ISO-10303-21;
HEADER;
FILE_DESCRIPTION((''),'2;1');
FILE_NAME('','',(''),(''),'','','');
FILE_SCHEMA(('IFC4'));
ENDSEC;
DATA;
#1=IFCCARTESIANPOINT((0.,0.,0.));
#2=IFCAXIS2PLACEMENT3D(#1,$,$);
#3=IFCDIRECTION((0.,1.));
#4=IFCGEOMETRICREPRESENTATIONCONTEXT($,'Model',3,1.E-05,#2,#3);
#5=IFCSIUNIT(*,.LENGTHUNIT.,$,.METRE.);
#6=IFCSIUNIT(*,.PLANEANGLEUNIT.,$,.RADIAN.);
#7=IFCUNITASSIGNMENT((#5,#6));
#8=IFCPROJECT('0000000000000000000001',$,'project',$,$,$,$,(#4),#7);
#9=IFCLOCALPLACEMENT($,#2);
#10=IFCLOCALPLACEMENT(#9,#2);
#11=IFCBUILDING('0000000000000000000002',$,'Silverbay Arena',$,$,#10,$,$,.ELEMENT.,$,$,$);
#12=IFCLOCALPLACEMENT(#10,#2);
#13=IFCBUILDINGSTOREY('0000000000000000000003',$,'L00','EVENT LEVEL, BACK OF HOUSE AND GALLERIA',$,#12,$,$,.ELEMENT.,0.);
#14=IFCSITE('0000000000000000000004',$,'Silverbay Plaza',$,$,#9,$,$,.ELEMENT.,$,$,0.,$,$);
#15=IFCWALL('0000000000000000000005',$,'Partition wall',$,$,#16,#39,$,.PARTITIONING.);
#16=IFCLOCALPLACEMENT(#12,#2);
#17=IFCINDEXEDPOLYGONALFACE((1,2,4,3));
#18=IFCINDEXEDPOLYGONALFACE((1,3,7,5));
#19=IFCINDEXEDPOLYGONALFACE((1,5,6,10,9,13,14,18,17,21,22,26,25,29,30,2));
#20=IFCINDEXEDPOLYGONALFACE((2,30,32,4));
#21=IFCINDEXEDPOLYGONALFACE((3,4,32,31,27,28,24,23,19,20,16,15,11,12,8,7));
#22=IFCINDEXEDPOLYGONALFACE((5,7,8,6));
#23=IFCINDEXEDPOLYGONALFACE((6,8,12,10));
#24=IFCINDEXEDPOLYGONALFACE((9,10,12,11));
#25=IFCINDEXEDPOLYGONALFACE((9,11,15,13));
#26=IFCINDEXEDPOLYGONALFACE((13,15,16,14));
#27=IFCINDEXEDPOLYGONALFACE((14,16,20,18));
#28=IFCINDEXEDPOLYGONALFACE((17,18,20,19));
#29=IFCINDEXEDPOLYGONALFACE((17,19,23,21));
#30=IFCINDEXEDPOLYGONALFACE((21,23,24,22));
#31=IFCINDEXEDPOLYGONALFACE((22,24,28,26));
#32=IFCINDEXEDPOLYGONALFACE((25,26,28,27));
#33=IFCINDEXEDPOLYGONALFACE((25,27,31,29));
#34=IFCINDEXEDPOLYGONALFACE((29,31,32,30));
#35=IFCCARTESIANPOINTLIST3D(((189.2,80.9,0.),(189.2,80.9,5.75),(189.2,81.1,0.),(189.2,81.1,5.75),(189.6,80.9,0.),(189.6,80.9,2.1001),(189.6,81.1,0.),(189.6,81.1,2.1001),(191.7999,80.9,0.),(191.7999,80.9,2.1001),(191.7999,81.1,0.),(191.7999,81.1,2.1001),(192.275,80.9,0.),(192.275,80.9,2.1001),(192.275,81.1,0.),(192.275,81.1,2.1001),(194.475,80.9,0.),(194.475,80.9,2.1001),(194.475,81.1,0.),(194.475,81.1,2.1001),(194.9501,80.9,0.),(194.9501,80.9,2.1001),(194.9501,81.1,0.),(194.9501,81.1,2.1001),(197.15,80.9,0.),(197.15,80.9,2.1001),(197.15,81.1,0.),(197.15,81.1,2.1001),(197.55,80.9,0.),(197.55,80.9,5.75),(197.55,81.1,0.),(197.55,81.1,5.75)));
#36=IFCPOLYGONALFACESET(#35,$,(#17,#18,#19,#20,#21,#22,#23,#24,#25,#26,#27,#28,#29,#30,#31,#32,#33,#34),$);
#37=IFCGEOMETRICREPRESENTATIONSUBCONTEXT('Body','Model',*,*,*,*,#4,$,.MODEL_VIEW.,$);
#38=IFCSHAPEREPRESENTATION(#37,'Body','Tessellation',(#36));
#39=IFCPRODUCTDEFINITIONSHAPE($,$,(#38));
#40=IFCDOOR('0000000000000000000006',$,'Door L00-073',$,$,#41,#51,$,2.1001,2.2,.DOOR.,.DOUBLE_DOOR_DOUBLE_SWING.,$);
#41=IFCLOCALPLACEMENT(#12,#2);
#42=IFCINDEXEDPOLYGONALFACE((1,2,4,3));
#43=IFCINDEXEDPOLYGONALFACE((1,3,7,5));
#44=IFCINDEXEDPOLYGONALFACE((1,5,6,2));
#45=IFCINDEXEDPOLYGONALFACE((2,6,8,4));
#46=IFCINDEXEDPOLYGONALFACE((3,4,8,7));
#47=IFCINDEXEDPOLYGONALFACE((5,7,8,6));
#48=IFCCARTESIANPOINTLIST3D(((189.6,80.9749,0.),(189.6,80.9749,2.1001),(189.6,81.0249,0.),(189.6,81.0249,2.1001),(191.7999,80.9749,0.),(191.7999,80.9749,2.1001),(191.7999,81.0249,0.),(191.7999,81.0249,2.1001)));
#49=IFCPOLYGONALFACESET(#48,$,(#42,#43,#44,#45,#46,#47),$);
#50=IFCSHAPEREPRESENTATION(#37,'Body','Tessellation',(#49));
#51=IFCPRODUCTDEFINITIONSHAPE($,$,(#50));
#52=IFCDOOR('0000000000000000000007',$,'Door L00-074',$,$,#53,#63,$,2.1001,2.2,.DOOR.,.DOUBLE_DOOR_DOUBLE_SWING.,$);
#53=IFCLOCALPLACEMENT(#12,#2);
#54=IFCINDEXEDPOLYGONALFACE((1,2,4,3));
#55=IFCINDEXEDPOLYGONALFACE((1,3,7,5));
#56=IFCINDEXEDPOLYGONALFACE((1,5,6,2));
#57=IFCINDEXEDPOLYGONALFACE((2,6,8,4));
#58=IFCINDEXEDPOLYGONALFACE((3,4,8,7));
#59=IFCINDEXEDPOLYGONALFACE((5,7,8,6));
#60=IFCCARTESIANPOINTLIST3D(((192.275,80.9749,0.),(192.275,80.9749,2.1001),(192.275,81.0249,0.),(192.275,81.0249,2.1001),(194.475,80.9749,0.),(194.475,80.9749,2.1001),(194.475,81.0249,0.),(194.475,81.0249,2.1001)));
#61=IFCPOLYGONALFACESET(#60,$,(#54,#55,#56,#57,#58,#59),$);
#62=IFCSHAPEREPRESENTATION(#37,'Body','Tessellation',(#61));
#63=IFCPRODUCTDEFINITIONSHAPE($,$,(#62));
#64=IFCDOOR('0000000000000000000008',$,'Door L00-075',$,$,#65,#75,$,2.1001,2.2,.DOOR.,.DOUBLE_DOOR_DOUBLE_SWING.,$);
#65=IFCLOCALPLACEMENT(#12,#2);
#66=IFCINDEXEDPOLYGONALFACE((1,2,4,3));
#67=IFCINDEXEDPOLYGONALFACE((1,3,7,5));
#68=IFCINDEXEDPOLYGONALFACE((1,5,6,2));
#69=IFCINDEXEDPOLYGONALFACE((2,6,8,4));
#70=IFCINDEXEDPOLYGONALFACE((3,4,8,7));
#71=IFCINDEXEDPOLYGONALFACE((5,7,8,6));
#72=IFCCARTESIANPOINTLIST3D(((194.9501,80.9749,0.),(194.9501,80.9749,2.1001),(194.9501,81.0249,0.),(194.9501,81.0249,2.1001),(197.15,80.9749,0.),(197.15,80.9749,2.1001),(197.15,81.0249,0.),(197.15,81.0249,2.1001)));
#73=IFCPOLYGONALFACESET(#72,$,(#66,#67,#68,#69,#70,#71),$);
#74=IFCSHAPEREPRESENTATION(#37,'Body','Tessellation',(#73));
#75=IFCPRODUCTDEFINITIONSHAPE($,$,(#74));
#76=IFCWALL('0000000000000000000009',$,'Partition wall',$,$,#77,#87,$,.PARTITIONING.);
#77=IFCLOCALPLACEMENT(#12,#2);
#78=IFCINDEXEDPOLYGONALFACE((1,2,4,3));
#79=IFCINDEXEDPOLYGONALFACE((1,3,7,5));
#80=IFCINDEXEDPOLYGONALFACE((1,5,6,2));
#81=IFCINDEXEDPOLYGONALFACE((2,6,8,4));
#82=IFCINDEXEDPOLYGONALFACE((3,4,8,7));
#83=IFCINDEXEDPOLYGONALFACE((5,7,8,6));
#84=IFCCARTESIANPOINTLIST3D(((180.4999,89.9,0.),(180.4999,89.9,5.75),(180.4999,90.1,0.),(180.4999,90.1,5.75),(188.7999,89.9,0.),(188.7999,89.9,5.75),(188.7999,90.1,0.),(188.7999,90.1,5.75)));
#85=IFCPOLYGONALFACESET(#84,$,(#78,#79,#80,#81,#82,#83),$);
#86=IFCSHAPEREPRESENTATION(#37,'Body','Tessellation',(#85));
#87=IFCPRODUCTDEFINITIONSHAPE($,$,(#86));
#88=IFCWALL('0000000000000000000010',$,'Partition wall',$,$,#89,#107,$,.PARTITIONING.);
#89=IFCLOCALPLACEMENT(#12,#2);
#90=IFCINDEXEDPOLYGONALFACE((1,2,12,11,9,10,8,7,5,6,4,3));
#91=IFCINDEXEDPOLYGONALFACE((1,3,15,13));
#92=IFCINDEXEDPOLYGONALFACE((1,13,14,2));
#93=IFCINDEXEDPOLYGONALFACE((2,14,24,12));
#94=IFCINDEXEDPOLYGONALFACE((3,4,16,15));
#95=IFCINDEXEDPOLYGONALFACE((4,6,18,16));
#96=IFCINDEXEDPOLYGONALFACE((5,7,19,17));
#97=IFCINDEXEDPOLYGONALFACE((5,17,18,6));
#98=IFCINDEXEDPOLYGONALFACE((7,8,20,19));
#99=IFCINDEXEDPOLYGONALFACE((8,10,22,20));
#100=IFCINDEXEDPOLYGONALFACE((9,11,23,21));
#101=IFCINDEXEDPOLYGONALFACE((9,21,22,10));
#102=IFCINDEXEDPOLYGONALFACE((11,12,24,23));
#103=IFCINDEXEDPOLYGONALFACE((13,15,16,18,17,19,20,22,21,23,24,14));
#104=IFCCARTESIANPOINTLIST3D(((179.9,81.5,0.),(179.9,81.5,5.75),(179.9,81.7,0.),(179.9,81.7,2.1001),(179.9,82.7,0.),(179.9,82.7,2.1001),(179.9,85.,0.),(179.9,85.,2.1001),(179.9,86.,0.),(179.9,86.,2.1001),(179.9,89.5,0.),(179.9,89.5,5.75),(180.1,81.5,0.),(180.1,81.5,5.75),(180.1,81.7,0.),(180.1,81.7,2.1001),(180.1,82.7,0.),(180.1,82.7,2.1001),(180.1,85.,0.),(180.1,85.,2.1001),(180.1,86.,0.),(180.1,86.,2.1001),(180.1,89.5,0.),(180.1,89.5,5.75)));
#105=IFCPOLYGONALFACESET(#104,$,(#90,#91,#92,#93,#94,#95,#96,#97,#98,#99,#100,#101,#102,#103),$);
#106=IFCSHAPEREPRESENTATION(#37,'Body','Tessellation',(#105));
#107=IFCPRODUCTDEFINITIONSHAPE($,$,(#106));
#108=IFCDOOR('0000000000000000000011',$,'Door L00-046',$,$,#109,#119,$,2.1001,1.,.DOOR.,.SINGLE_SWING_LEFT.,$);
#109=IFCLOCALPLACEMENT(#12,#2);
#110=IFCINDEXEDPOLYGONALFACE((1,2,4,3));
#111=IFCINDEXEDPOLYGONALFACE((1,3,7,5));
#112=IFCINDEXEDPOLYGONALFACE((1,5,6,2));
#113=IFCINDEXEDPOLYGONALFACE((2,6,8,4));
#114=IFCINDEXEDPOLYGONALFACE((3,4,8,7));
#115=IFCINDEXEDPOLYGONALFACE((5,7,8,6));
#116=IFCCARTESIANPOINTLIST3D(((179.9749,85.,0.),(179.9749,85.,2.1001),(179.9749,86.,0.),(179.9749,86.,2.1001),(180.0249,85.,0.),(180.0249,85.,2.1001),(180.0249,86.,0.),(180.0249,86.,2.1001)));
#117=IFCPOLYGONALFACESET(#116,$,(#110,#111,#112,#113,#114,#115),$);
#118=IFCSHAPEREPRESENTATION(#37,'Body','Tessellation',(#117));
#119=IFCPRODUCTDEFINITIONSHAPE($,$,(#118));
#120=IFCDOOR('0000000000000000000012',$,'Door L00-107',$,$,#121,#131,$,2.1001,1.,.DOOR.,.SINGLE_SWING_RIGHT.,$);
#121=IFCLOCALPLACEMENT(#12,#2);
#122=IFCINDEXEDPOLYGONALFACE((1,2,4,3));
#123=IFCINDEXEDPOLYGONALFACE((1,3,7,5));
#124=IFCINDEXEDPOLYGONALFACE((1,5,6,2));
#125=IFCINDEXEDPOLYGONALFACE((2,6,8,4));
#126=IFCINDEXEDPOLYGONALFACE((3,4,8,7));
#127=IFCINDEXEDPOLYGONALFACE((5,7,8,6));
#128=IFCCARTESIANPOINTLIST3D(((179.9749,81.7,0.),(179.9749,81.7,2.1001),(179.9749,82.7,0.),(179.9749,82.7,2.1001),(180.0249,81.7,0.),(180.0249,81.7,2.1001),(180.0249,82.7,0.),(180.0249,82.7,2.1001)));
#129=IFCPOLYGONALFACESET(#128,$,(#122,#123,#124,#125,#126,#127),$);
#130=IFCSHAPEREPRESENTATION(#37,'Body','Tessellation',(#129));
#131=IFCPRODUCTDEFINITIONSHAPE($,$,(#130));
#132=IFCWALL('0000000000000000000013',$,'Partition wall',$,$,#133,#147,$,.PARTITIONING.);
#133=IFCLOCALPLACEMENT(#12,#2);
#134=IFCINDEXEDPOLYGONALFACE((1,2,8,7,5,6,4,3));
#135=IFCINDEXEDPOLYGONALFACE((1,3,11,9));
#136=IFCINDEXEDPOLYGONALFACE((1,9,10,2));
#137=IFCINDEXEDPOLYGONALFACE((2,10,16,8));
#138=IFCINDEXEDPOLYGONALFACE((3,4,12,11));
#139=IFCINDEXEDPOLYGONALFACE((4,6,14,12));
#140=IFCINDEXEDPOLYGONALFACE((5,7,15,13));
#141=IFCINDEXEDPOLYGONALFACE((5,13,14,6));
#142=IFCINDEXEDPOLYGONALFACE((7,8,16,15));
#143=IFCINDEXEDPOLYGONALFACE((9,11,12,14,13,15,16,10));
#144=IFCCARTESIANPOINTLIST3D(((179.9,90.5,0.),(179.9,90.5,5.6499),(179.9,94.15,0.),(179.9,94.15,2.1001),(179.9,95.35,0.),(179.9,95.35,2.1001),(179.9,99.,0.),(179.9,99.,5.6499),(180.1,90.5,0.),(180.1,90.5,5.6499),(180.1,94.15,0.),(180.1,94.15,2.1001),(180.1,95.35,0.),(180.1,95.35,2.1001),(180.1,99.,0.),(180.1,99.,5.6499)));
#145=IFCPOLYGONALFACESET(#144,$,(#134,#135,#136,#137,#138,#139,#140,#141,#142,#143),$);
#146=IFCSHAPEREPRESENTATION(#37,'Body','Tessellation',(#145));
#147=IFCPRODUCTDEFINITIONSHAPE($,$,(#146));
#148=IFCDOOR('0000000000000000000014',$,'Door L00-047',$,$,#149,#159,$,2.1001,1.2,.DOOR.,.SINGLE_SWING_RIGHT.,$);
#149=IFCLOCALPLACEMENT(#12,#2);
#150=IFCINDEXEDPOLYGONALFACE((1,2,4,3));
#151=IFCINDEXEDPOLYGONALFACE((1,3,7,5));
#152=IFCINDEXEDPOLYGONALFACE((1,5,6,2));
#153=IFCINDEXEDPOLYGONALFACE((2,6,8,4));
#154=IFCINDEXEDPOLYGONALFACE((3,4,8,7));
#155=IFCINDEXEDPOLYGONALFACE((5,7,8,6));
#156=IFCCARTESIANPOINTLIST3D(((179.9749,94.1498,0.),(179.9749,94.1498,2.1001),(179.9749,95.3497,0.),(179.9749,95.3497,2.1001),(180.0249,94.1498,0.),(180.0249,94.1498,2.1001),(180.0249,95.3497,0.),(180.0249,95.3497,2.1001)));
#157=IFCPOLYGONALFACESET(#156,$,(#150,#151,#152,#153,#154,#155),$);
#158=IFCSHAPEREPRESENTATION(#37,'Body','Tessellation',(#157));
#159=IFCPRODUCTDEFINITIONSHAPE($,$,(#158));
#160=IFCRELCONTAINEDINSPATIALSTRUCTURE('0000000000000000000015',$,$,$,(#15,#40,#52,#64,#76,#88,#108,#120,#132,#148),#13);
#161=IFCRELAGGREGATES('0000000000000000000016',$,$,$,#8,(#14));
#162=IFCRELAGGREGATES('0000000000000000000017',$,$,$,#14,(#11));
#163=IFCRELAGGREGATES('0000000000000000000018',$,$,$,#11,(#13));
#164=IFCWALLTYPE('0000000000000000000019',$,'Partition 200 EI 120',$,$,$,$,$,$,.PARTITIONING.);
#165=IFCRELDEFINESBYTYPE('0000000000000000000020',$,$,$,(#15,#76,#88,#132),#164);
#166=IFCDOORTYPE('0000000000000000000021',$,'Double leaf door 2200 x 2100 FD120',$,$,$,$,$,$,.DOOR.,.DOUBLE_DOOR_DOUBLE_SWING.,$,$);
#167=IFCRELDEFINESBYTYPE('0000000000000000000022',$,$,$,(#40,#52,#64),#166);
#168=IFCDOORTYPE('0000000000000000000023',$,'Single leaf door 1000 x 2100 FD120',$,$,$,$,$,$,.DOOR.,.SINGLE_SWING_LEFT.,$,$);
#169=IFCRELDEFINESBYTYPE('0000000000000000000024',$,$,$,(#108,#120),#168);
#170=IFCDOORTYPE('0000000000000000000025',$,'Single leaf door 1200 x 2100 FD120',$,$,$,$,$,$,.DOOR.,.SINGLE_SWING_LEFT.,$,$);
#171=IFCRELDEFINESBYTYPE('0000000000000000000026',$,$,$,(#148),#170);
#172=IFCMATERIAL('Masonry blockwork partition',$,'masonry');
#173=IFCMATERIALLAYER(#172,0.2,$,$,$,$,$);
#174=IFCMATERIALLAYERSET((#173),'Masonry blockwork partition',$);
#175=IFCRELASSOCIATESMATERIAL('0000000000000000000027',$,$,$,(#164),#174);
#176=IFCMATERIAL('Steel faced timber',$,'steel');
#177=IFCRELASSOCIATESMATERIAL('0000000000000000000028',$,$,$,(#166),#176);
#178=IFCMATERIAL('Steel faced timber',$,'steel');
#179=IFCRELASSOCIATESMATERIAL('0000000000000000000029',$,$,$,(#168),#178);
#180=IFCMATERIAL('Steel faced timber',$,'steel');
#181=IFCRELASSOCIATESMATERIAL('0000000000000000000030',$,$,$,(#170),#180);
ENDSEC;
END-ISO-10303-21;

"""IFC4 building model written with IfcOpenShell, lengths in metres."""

from ifc_helpers import new_model, si_unit, direction, frame, frame_2d, origin, place, context, subcontext, project, spatial, rectangle, extrude, material, layer, layer_set, type_object, element, fill, save


model = new_model("IFC4")

# Units and contexts
model_context = context("Model", 3, precision=1e-05, world=origin(), true_north=direction((0.0, 1.0)))
body_context = subcontext(model_context, "Body", "Model", "MODEL_VIEW")
ifc_project = project(units=[si_unit("LENGTHUNIT", "METRE"), si_unit("PLANEANGLEUNIT", "RADIAN")], contexts=[model_context])

# Site, building, storey
site_placement = place(None, origin())
site = spatial("IfcSite", under=ifc_project, at=site_placement, Name="Silverbay Plaza", CompositionType="ELEMENT", RefElevation=0.0)
building_placement = place(site_placement, origin())
building = spatial("IfcBuilding", under=site, at=building_placement, Name="Silverbay Arena", CompositionType="ELEMENT")
storey_placement = place(building_placement, origin())
storey = spatial("IfcBuildingStorey", under=building, at=storey_placement, Name="L00", Description="EVENT LEVEL, BACK OF HOUSE AND GALLERIA", CompositionType="ELEMENT", Elevation=0.0)

# Wall, openings, doors
ifc_material_1 = material(Name="Masonry blockwork partition", Category="masonry")
ifc_layer_1 = layer(ifc_material_1, 0.2)
ifc_layer_set_1 = layer_set([ifc_layer_1], Name="Masonry blockwork partition")
wall_type_1 = type_object("IfcWallType", Name="Partition 200 EI 120", PredefinedType="PARTITIONING", material=ifc_layer_set_1)
wall_1_placement = place(storey_placement, frame((189.2, 81.0, 0.0), z_axis=(0.0, 0.0, 1.0), x_axis=(1.0, 0.0, 0.0)))
wall_1 = element("IfcWall", 1, at=wall_1_placement, inside=storey, type_object=wall_type_1, Name="Partition wall", PredefinedType="PARTITIONING", context=body_context, shape_type="SweptSolid", body=[
    extrude(rectangle(XDim=8.3501, YDim=0.2, at=frame_2d((4.175, 0.0))), origin(), (0.0, 0.0, 1.0), 5.75),
])
opening_1_placement = place(wall_1_placement, frame((0.3999, 0.0, 0.0)))
opening_1 = element("IfcOpeningElement", 2, at=opening_1_placement, cuts=wall_1, PredefinedType="OPENING", context=body_context, shape_type="SweptSolid", body=[
    extrude(rectangle(XDim=2.2, YDim=2.1001, at=frame_2d((1.1001, 1.05))), frame((0.0, 0.1099, 0.0), z_axis=(0.0, -1.0, 0.0), x_axis=(1.0, 0.0, 0.0)), (0.0, 0.0, 1.0), 0.22),
])
opening_2_placement = place(wall_1_placement, frame((3.075, 0.0, 0.0)))
opening_2 = element("IfcOpeningElement", 3, at=opening_2_placement, cuts=wall_1, PredefinedType="OPENING", context=body_context, shape_type="SweptSolid", body=[
    extrude(rectangle(XDim=2.2, YDim=2.1001, at=frame_2d((1.1001, 1.05))), frame((0.0, 0.1099, 0.0), z_axis=(0.0, -1.0, 0.0), x_axis=(1.0, 0.0, 0.0)), (0.0, 0.0, 1.0), 0.22),
])
opening_3_placement = place(wall_1_placement, frame((5.75, 0.0, 0.0)))
opening_3 = element("IfcOpeningElement", 4, at=opening_3_placement, cuts=wall_1, PredefinedType="OPENING", context=body_context, shape_type="SweptSolid", body=[
    extrude(rectangle(XDim=2.2, YDim=2.1001, at=frame_2d((1.1001, 1.05))), frame((0.0, 0.1099, 0.0), z_axis=(0.0, -1.0, 0.0), x_axis=(1.0, 0.0, 0.0)), (0.0, 0.0, 1.0), 0.22),
])
ifc_material_2 = material(Name="Steel faced timber", Category="steel")
door_type_1 = type_object("IfcDoorType", Name="Double leaf door 2200 x 2100 FD120", OperationType="DOUBLE_DOOR_DOUBLE_SWING", PredefinedType="DOOR", material=ifc_material_2)
door_1_placement = place(opening_1_placement, origin())
door_1 = element("IfcDoor", 5, at=door_1_placement, inside=storey, type_object=door_type_1, Name="Door L00-073", OperationType="DOUBLE_DOOR_DOUBLE_SWING", OverallHeight=2.1001, OverallWidth=2.2, PredefinedType="DOOR", context=body_context, shape_type="SweptSolid", body=[
    extrude(rectangle(XDim=2.2, YDim=2.1001, at=frame_2d((1.1001, 1.05))), frame((0.0, 0.0249, 0.0), z_axis=(0.0, -1.0, 0.0), x_axis=(1.0, 0.0, 0.0)), (0.0, 0.0, 1.0), 0.05),
])
fill(opening_1, door_1)
door_2_placement = place(opening_2_placement, origin())
door_2 = element("IfcDoor", 6, at=door_2_placement, inside=storey, type_object=door_type_1, Name="Door L00-074", OperationType="DOUBLE_DOOR_DOUBLE_SWING", OverallHeight=2.1001, OverallWidth=2.2, PredefinedType="DOOR", context=body_context, shape_type="SweptSolid", body=[
    extrude(rectangle(XDim=2.2, YDim=2.1001, at=frame_2d((1.1001, 1.05))), frame((0.0, 0.0249, 0.0), z_axis=(0.0, -1.0, 0.0), x_axis=(1.0, 0.0, 0.0)), (0.0, 0.0, 1.0), 0.05),
])
fill(opening_2, door_2)
door_3_placement = place(opening_3_placement, origin())
door_3 = element("IfcDoor", 7, at=door_3_placement, inside=storey, type_object=door_type_1, Name="Door L00-075", OperationType="DOUBLE_DOOR_DOUBLE_SWING", OverallHeight=2.1001, OverallWidth=2.2, PredefinedType="DOOR", context=body_context, shape_type="SweptSolid", body=[
    extrude(rectangle(XDim=2.2, YDim=2.1001, at=frame_2d((1.1001, 1.05))), frame((0.0, 0.0249, 0.0), z_axis=(0.0, -1.0, 0.0), x_axis=(1.0, 0.0, 0.0)), (0.0, 0.0, 1.0), 0.05),
])
fill(opening_3, door_3)

# Wall
wall_2_placement = place(storey_placement, frame((180.5, 90.0, 0.0), z_axis=(0.0, 0.0, 1.0), x_axis=(1.0, 0.0, 0.0)))
element("IfcWall", 8, at=wall_2_placement, inside=storey, type_object=wall_type_1, Name="Partition wall", PredefinedType="PARTITIONING", context=body_context, shape_type="SweptSolid", body=[
    extrude(rectangle(XDim=8.3, YDim=0.2, at=frame_2d((4.1499, 0.0))), origin(), (0.0, 0.0, 1.0), 5.75),
])

# Wall, openings, doors
wall_3_placement = place(storey_placement, frame((180.0, 81.5, 0.0), z_axis=(0.0, 0.0, 1.0), x_axis=(0.0, 1.0, 0.0)))
wall_3 = element("IfcWall", 9, at=wall_3_placement, inside=storey, type_object=wall_type_1, Name="Partition wall", PredefinedType="PARTITIONING", context=body_context, shape_type="SweptSolid", body=[
    extrude(rectangle(XDim=8.0, YDim=0.2, at=frame_2d((4.0, 0.0))), origin(), (0.0, 0.0, 1.0), 5.75),
])
opening_4_placement = place(wall_3_placement, frame((3.5, 0.0, 0.0)))
opening_4 = element("IfcOpeningElement", 10, at=opening_4_placement, cuts=wall_3, PredefinedType="OPENING", context=body_context, shape_type="SweptSolid", body=[
    extrude(rectangle(XDim=1.0, YDim=2.1001, at=frame_2d((0.5, 1.05))), frame((0.0, 0.1099, 0.0), z_axis=(0.0, -1.0, 0.0), x_axis=(1.0, 0.0, 0.0)), (0.0, 0.0, 1.0), 0.22),
])
opening_5_placement = place(wall_3_placement, frame((0.2, 0.0, 0.0)))
opening_5 = element("IfcOpeningElement", 11, at=opening_5_placement, cuts=wall_3, PredefinedType="OPENING", context=body_context, shape_type="SweptSolid", body=[
    extrude(rectangle(XDim=1.0, YDim=2.1001, at=frame_2d((0.5, 1.05))), frame((0.0, 0.1099, 0.0), z_axis=(0.0, -1.0, 0.0), x_axis=(1.0, 0.0, 0.0)), (0.0, 0.0, 1.0), 0.22),
])
ifc_material_3 = material(Name="Steel faced timber", Category="steel")
door_type_2 = type_object("IfcDoorType", Name="Single leaf door 1000 x 2100 FD120", OperationType="SINGLE_SWING_LEFT", PredefinedType="DOOR", material=ifc_material_3)
door_4_placement = place(opening_4_placement, frame((1.0, 0.0, 0.0), z_axis=(0.0, 0.0, 1.0), x_axis=(-1.0, 0.0, 0.0)))
door_4 = element("IfcDoor", 12, at=door_4_placement, inside=storey, type_object=door_type_2, Name="Door L00-046", OperationType="SINGLE_SWING_LEFT", OverallHeight=2.1001, OverallWidth=1.0, PredefinedType="DOOR", context=body_context, shape_type="SweptSolid", body=[
    extrude(rectangle(XDim=1.0, YDim=2.1001, at=frame_2d((0.5, 1.05))), frame((0.0, 0.0249, 0.0), z_axis=(0.0, -1.0, 0.0), x_axis=(1.0, 0.0, 0.0)), (0.0, 0.0, 1.0), 0.05),
])
fill(opening_4, door_4)
door_5_placement = place(opening_5_placement, frame((1.0, 0.0, 0.0), z_axis=(0.0, 0.0, 1.0), x_axis=(-1.0, 0.0, 0.0)))
door_5 = element("IfcDoor", 13, at=door_5_placement, inside=storey, type_object=door_type_2, Name="Door L00-107", OperationType="SINGLE_SWING_RIGHT", OverallHeight=2.1001, OverallWidth=1.0, PredefinedType="DOOR", context=body_context, shape_type="SweptSolid", body=[
    extrude(rectangle(XDim=1.0, YDim=2.1001, at=frame_2d((0.5, 1.05))), frame((0.0, 0.0249, 0.0), z_axis=(0.0, -1.0, 0.0), x_axis=(1.0, 0.0, 0.0)), (0.0, 0.0, 1.0), 0.05),
])
fill(opening_5, door_5)

# Wall, opening, door
wall_4_placement = place(storey_placement, frame((180.0, 90.5, 0.0), z_axis=(0.0, 0.0, 1.0), x_axis=(0.0, 1.0, 0.0)))
wall_4 = element("IfcWall", 14, at=wall_4_placement, inside=storey, type_object=wall_type_1, Name="Partition wall", PredefinedType="PARTITIONING", context=body_context, shape_type="SweptSolid", body=[
    extrude(rectangle(XDim=8.5, YDim=0.2, at=frame_2d((4.25, 0.0))), origin(), (0.0, 0.0, 1.0), 5.6499),
])
opening_6_placement = place(wall_4_placement, frame((3.6499, 0.0, 0.0)))
opening_6 = element("IfcOpeningElement", 15, at=opening_6_placement, cuts=wall_4, PredefinedType="OPENING", context=body_context, shape_type="SweptSolid", body=[
    extrude(rectangle(XDim=1.2, YDim=2.1001, at=frame_2d((0.6001, 1.05))), frame((0.0, 0.1099, 0.0), z_axis=(0.0, -1.0, 0.0), x_axis=(1.0, 0.0, 0.0)), (0.0, 0.0, 1.0), 0.22),
])
ifc_material_4 = material(Name="Steel faced timber", Category="steel")
door_type_3 = type_object("IfcDoorType", Name="Single leaf door 1200 x 2100 FD120", OperationType="SINGLE_SWING_LEFT", PredefinedType="DOOR", material=ifc_material_4)
door_6_placement = place(opening_6_placement, frame((1.2, 0.0, 0.0), z_axis=(0.0, 0.0, 1.0), x_axis=(-1.0, 0.0, 0.0)))
door_6 = element("IfcDoor", 16, at=door_6_placement, inside=storey, type_object=door_type_3, Name="Door L00-047", OperationType="SINGLE_SWING_RIGHT", OverallHeight=2.1001, OverallWidth=1.2, PredefinedType="DOOR", context=body_context, shape_type="SweptSolid", body=[
    extrude(rectangle(XDim=1.2, YDim=2.1001, at=frame_2d((0.6001, 1.05))), frame((0.0, 0.0249, 0.0), z_axis=(0.0, -1.0, 0.0), x_axis=(1.0, 0.0, 0.0)), (0.0, 0.0, 1.0), 0.05),
])
fill(opening_6, door_6)

save(model, "model.ifc")
